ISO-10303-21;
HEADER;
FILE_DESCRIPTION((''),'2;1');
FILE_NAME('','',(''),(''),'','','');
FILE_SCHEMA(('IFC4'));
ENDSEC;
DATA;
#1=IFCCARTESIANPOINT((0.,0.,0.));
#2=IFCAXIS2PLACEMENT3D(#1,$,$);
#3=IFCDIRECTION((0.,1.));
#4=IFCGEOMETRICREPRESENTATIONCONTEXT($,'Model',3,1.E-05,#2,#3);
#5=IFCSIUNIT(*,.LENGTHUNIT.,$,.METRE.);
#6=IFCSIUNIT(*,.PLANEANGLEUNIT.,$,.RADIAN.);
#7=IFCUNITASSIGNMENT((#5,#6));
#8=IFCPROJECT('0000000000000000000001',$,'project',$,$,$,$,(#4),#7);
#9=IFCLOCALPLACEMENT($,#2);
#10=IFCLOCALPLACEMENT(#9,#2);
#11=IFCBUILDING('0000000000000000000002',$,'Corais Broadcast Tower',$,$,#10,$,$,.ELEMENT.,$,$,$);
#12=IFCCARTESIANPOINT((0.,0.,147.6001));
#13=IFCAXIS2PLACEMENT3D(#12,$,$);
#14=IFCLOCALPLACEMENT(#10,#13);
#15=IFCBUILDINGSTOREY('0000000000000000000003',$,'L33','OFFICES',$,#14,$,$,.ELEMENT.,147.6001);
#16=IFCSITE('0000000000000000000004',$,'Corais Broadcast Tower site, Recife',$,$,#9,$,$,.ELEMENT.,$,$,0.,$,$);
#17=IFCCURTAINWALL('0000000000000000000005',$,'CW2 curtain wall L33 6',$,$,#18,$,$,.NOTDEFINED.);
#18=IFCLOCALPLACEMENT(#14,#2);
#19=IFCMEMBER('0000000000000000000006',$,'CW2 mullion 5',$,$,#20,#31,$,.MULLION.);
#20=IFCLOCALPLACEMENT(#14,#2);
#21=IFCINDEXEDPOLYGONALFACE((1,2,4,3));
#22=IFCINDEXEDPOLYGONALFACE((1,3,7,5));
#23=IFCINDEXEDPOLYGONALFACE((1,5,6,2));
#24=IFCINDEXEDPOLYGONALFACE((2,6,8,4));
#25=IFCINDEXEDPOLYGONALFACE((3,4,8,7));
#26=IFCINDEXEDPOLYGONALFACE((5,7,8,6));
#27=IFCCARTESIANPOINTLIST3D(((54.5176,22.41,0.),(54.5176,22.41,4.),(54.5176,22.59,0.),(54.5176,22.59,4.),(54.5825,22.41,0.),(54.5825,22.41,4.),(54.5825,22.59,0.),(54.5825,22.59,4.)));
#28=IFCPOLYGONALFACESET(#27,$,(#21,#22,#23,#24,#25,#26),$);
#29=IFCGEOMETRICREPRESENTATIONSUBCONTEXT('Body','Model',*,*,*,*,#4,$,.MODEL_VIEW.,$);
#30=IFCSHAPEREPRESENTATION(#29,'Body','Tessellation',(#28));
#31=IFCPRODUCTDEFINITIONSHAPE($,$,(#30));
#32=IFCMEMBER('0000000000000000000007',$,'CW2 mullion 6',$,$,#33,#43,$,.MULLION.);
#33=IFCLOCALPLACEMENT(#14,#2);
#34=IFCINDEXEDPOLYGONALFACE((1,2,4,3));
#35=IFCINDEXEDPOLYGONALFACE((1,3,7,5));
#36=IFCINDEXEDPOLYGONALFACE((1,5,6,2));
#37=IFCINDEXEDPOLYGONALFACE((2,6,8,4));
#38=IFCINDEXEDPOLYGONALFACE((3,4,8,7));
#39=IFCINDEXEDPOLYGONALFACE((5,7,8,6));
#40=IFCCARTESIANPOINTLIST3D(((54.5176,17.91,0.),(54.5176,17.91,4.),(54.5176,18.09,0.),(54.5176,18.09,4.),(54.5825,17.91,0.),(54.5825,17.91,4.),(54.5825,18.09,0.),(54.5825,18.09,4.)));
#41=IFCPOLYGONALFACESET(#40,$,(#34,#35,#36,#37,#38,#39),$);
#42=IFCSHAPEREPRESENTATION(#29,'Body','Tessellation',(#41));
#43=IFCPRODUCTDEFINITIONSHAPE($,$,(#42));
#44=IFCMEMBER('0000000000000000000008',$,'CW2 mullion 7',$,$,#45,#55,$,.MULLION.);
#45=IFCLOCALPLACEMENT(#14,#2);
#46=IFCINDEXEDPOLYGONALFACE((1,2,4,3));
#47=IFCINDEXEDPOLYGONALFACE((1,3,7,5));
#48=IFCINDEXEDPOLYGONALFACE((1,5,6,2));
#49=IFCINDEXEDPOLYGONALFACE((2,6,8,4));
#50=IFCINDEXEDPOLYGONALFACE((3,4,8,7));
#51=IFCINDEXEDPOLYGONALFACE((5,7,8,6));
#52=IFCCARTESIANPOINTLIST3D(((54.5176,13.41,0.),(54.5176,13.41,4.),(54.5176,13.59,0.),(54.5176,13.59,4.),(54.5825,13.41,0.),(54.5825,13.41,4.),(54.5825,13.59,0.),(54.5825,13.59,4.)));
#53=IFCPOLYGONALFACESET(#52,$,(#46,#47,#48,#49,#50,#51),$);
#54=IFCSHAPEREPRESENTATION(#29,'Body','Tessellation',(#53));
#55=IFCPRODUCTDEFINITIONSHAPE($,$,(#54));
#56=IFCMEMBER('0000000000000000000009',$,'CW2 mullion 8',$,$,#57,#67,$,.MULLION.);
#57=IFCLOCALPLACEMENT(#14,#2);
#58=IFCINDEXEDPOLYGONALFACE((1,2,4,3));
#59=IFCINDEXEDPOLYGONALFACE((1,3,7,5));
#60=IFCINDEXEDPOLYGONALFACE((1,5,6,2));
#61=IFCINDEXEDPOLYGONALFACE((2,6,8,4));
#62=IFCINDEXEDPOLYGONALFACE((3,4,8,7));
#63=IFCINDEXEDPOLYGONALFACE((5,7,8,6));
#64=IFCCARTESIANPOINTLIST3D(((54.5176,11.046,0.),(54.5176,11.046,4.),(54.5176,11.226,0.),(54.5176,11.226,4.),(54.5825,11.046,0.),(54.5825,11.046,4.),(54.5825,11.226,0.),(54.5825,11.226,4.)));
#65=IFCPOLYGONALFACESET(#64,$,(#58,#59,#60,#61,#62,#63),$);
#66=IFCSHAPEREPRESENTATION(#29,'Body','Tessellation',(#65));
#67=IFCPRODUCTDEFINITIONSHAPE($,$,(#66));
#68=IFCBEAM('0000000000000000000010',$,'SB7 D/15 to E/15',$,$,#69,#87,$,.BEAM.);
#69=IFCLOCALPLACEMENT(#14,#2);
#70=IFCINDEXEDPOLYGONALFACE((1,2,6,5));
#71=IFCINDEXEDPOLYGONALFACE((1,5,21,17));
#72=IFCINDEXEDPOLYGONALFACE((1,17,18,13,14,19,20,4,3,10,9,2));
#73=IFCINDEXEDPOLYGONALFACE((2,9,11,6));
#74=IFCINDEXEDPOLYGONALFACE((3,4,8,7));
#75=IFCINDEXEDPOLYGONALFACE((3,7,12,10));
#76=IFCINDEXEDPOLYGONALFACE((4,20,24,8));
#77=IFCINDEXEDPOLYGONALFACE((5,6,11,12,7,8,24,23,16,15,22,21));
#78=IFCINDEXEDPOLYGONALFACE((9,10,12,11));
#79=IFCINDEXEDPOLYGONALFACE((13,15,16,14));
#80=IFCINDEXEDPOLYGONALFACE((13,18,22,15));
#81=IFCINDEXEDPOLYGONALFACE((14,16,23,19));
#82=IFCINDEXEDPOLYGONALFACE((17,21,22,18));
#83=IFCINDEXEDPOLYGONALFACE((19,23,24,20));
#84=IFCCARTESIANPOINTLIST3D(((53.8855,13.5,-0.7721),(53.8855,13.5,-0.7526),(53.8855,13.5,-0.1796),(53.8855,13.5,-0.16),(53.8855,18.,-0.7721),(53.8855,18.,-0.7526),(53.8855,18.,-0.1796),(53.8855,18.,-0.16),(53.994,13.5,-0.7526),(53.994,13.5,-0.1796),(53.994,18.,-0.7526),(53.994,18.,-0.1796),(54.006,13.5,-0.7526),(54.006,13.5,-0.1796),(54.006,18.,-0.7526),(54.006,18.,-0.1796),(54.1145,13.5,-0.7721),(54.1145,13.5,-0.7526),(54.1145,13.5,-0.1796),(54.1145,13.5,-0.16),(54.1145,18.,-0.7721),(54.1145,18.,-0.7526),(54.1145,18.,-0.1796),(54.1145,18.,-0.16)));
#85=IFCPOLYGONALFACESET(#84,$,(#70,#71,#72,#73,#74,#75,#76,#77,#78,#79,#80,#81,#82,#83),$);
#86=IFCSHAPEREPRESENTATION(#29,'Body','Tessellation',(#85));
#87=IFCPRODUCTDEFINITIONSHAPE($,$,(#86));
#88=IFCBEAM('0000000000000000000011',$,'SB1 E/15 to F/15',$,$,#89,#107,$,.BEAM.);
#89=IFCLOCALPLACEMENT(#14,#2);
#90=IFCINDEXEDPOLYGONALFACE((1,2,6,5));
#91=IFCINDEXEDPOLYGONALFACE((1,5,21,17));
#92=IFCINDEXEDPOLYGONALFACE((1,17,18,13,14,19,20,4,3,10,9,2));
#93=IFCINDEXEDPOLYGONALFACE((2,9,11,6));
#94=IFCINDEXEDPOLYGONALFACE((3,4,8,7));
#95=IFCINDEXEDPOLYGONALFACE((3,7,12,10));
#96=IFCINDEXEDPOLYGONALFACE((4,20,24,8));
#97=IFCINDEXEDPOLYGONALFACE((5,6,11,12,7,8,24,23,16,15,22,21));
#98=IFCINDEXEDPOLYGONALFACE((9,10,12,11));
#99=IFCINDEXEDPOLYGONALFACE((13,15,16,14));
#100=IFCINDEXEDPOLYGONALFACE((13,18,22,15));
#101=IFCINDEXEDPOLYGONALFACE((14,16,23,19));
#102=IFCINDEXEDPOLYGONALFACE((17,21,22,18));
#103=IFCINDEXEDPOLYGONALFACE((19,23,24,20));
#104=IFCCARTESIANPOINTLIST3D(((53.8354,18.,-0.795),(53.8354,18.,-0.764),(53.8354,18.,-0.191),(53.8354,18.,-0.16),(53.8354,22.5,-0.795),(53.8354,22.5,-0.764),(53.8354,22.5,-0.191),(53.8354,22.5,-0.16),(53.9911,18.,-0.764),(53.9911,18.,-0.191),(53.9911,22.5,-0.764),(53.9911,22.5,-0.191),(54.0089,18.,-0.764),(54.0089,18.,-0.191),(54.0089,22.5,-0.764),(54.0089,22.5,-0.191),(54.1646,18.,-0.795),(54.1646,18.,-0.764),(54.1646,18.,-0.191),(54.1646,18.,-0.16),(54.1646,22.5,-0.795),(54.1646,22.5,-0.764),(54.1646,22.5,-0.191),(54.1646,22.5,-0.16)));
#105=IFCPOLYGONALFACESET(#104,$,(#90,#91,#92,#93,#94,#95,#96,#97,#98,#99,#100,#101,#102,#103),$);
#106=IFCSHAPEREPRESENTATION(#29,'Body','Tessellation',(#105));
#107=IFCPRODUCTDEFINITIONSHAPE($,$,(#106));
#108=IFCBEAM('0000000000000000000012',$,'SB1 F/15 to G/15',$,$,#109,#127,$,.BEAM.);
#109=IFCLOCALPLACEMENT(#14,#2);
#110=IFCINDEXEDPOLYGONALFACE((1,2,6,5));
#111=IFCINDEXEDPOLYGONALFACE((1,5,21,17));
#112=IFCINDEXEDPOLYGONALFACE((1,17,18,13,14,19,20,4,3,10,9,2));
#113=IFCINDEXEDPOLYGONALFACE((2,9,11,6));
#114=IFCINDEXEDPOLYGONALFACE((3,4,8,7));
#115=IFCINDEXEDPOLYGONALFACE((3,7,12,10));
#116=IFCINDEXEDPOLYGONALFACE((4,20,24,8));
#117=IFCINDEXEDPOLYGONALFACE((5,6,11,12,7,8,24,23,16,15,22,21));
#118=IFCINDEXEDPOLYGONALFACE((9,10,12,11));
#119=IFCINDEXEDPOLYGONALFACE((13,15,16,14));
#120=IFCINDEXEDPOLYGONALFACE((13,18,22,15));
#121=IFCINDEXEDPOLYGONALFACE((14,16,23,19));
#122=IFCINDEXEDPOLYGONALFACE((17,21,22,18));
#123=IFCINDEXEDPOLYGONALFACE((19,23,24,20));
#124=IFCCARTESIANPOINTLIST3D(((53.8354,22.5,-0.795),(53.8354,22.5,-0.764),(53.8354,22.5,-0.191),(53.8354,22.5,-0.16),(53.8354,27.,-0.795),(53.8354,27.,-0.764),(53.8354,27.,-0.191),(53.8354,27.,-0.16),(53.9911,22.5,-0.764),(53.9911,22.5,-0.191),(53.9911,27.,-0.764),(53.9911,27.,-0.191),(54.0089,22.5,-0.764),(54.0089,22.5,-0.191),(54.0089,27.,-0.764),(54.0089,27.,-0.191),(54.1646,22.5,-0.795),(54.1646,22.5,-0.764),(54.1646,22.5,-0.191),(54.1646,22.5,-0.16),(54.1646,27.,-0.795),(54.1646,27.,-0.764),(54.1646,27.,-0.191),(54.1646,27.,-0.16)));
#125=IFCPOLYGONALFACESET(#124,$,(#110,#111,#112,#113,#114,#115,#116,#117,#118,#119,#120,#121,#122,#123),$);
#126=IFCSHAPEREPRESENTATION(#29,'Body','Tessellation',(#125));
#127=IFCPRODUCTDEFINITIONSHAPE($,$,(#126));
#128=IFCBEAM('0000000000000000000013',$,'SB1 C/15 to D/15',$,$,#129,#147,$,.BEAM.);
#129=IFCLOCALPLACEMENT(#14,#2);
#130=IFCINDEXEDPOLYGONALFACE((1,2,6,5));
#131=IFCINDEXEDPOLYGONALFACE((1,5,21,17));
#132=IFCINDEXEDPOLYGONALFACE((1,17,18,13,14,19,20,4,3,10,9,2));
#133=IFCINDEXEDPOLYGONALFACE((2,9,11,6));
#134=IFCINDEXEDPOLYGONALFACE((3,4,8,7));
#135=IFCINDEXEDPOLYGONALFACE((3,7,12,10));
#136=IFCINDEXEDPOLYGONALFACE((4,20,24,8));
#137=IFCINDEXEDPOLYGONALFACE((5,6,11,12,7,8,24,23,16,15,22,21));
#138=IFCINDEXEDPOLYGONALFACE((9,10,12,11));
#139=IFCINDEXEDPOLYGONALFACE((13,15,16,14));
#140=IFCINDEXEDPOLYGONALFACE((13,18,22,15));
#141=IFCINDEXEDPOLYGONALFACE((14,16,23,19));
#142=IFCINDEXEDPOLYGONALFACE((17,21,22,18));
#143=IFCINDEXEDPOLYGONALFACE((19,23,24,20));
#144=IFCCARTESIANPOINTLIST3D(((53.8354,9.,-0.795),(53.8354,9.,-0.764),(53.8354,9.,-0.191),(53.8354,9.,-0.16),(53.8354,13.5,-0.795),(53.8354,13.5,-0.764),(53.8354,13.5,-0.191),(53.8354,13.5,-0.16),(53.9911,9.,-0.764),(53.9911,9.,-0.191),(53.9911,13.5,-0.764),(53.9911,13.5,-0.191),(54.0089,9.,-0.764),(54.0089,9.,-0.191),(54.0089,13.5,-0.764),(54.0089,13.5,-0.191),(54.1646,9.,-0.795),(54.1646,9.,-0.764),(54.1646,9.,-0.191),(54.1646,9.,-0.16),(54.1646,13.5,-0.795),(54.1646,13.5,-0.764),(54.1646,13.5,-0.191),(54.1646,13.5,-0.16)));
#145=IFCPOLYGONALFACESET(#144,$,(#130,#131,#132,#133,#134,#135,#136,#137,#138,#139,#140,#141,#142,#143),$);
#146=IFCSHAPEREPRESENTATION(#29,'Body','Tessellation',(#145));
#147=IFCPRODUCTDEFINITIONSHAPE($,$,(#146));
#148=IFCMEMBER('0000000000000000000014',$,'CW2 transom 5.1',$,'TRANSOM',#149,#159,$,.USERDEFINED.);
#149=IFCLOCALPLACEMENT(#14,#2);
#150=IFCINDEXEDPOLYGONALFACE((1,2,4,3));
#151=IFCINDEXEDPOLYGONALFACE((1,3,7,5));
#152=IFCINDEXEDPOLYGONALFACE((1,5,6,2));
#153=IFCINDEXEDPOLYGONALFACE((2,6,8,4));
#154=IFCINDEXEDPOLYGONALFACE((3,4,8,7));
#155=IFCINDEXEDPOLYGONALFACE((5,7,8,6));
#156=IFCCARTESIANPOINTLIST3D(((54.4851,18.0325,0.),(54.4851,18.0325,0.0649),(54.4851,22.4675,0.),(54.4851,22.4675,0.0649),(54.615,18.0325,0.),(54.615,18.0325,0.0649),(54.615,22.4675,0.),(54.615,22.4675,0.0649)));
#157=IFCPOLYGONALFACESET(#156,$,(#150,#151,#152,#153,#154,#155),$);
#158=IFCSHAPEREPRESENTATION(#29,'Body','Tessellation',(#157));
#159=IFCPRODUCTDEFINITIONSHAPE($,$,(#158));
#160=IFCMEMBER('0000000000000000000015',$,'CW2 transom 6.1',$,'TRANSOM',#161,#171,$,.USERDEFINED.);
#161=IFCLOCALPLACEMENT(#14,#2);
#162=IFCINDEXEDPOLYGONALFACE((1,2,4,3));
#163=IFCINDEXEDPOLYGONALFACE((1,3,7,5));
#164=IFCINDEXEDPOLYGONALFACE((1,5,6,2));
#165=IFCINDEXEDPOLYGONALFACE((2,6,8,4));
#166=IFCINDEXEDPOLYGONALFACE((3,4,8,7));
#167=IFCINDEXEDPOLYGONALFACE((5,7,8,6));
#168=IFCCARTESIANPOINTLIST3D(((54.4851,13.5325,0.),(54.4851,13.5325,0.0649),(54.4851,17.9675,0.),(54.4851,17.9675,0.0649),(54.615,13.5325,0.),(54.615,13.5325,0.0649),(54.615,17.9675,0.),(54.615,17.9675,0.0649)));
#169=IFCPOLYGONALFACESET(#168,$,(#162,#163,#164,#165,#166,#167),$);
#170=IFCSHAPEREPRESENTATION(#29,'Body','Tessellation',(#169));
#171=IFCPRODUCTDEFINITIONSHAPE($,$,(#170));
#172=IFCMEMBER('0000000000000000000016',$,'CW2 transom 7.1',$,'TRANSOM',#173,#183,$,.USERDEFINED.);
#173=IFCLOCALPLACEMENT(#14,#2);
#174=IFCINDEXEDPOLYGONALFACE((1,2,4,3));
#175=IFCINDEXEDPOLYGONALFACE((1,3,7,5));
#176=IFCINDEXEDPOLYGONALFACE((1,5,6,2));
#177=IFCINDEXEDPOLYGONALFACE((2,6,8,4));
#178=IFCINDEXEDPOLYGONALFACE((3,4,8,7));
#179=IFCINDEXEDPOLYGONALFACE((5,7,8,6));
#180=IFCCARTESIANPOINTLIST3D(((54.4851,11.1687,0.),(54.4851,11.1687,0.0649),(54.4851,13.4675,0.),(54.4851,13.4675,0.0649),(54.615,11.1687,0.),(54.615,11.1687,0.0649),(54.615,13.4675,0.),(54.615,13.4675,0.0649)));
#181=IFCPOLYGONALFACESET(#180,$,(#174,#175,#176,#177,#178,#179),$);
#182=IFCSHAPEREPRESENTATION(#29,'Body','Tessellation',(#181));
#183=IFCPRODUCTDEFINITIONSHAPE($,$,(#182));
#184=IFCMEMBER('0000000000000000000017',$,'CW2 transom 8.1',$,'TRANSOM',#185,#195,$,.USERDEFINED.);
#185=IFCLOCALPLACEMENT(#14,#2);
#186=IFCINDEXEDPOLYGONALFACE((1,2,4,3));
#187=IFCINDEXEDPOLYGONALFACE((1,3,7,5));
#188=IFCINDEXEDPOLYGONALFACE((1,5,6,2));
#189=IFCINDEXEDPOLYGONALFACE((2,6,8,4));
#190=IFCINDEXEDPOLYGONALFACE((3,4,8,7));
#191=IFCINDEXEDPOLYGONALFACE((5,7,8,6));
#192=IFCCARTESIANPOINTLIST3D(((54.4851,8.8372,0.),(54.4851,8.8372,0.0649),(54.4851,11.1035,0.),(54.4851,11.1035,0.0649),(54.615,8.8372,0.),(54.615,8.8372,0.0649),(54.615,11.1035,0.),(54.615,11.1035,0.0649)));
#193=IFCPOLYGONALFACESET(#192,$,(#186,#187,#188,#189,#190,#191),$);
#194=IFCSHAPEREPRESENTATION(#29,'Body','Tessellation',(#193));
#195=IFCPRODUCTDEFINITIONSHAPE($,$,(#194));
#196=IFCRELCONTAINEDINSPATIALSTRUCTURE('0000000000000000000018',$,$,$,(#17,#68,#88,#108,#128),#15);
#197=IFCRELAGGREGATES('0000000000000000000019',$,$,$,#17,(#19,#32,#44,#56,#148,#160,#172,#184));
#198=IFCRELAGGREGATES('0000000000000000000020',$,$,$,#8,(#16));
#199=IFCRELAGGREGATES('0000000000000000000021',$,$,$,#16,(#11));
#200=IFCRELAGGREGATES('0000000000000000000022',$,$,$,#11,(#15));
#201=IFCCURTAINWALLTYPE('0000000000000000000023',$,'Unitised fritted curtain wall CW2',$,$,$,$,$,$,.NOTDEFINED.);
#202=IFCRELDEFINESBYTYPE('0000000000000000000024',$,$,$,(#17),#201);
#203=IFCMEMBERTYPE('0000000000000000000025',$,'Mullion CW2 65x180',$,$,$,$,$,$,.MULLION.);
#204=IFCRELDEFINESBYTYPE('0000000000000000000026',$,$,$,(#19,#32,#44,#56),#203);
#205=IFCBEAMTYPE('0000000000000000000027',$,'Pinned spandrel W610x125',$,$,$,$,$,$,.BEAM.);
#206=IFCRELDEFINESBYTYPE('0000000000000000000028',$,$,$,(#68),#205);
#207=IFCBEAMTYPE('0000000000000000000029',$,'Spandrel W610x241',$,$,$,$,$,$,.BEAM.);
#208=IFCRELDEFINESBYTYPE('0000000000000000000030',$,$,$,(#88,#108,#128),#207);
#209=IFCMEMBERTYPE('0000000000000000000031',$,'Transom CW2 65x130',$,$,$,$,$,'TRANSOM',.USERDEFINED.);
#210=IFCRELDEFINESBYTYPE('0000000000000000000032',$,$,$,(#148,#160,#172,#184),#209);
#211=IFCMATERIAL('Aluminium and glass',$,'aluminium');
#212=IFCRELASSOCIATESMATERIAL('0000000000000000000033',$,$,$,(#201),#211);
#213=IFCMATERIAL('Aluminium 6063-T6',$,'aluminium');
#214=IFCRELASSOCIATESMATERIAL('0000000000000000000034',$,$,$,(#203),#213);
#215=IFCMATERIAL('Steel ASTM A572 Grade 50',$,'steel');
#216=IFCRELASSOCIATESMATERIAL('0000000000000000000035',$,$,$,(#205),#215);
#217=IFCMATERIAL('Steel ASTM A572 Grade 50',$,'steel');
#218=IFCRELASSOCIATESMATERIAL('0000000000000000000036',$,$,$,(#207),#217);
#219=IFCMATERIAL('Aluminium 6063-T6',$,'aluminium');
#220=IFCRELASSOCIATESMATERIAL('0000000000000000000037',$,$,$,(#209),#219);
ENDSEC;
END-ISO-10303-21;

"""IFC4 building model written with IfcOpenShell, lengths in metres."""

from ifc_helpers import new_model, si_unit, direction, frame, origin, origin_2d, place, context, subcontext, project, spatial, rectangle, i_section, extrude, material, material_profile, profile_set, type_object, element, aggregate, save


model = new_model("IFC4")

# Units and contexts
model_context = context("Model", 3, precision=1e-05, world=origin(), true_north=direction((0.0, 1.0)))
body_context = subcontext(model_context, "Body", "Model", "MODEL_VIEW")
ifc_project = project(units=[si_unit("LENGTHUNIT", "METRE"), si_unit("PLANEANGLEUNIT", "RADIAN")], contexts=[model_context])

# Site, building, storey
site_placement = place(None, origin())
site = spatial("IfcSite", under=ifc_project, at=site_placement, Name="Corais Broadcast Tower site, Recife", CompositionType="ELEMENT", RefElevation=0.0)
building_placement = place(site_placement, origin())
building = spatial("IfcBuilding", under=site, at=building_placement, Name="Corais Broadcast Tower", CompositionType="ELEMENT")
storey_placement = place(building_placement, frame((0.0, 0.0, 147.6001)))
storey = spatial("IfcBuildingStorey", under=building, at=storey_placement, Name="L33", Description="OFFICES", CompositionType="ELEMENT", Elevation=147.6001)

# Curtain wall, members
ifc_material_1 = material(Name="Aluminium and glass", Category="aluminium")
curtain_wall_type = type_object("IfcCurtainWallType", Name="Unitised fritted curtain wall CW2", PredefinedType="NOTDEFINED", material=ifc_material_1)
curtain_wall_placement = place(storey_placement, origin())
curtain_wall = element("IfcCurtainWall", 1, at=curtain_wall_placement, inside=storey, type_object=curtain_wall_type, Name="CW2 curtain wall L33 6", PredefinedType="NOTDEFINED")
ifc_material_2 = material(Name="Aluminium 6063-T6", Category="aluminium")
ifc_material_profile_1 = material_profile(ifc_material_2, rectangle(XDim=0.0649, YDim=0.1799, at=origin_2d()), Name="Mullion CW2 65x180")
ifc_profile_set_1 = profile_set([ifc_material_profile_1], Name="Aluminium 6063-T6")
member_type_1 = type_object("IfcMemberType", Name="Mullion CW2 65x180", PredefinedType="MULLION", material=ifc_profile_set_1)
member_1_placement = place(storey_placement, frame((54.55, 22.5, 0.0), z_axis=(0.0, 0.0, 1.0), x_axis=(1.0, 0.0, 0.0)))
member_1 = element("IfcMember", 2, at=member_1_placement, type_object=member_type_1, Name="CW2 mullion 5", PredefinedType="MULLION", context=body_context, shape_type="SweptSolid", body=[
    extrude(rectangle(XDim=0.0649, YDim=0.1799, at=origin_2d()), origin(), (0.0, 0.0, 1.0), 4.0),
])
member_2_placement = place(storey_placement, frame((54.55, 18.0, 0.0), z_axis=(0.0, 0.0, 1.0), x_axis=(1.0, 0.0, 0.0)))
member_2 = element("IfcMember", 3, at=member_2_placement, type_object=member_type_1, Name="CW2 mullion 6", PredefinedType="MULLION", context=body_context, shape_type="SweptSolid", body=[
    extrude(rectangle(XDim=0.0649, YDim=0.1799, at=origin_2d()), origin(), (0.0, 0.0, 1.0), 4.0),
])
member_3_placement = place(storey_placement, frame((54.55, 13.5, 0.0), z_axis=(0.0, 0.0, 1.0), x_axis=(1.0, 0.0, 0.0)))
member_3 = element("IfcMember", 4, at=member_3_placement, type_object=member_type_1, Name="CW2 mullion 7", PredefinedType="MULLION", context=body_context, shape_type="SweptSolid", body=[
    extrude(rectangle(XDim=0.0649, YDim=0.1799, at=origin_2d()), origin(), (0.0, 0.0, 1.0), 4.0),
])
member_4_placement = place(storey_placement, frame((54.55, 11.136, 0.0), z_axis=(0.0, 0.0, 1.0), x_axis=(1.0, 0.0, 0.0)))
member_4 = element("IfcMember", 5, at=member_4_placement, type_object=member_type_1, Name="CW2 mullion 8", PredefinedType="MULLION", context=body_context, shape_type="SweptSolid", body=[
    extrude(rectangle(XDim=0.0649, YDim=0.1799, at=origin_2d()), origin(), (0.0, 0.0, 1.0), 4.0),
])

# Beams
ifc_material_3 = material(Name="Steel ASTM A572 Grade 50", Category="steel")
ifc_material_profile_2 = material_profile(ifc_material_3, i_section(OverallWidth=0.229, OverallDepth=0.6121, WebThickness=0.012, FlangeThickness=0.0195, at=origin_2d()), Name="W610x125")
ifc_profile_set_2 = profile_set([ifc_material_profile_2], Name="Steel ASTM A572 Grade 50")
beam_type_1 = type_object("IfcBeamType", Name="Pinned spandrel W610x125", PredefinedType="BEAM", material=ifc_profile_set_2)
beam_1_placement = place(storey_placement, frame((54.0, 13.5, -0.4661), z_axis=(0.0, 1.0, 0.0), x_axis=(-1.0, 0.0, 0.0)))
element("IfcBeam", 6, at=beam_1_placement, inside=storey, type_object=beam_type_1, Name="SB7 D/15 to E/15", PredefinedType="BEAM", context=body_context, shape_type="SweptSolid", body=[
    extrude(i_section(OverallWidth=0.229, OverallDepth=0.6121, WebThickness=0.012, FlangeThickness=0.0195, at=origin_2d()), origin(), (0.0, 0.0, 1.0), 4.5),
])
ifc_material_4 = material(Name="Steel ASTM A572 Grade 50", Category="steel")
ifc_material_profile_3 = material_profile(ifc_material_4, i_section(OverallWidth=0.3291, OverallDepth=0.635, WebThickness=0.0178, FlangeThickness=0.031, at=origin_2d()), Name="W610x241")
ifc_profile_set_3 = profile_set([ifc_material_profile_3], Name="Steel ASTM A572 Grade 50")
beam_type_2 = type_object("IfcBeamType", Name="Spandrel W610x241", PredefinedType="BEAM", material=ifc_profile_set_3)
for number, where, z_axis, x_axis, name in (
    (7, (54.0, 18.0, -0.4775), (0.0, 1.0, 0.0), (-1.0, 0.0, 0.0), "SB1 E/15 to F/15"),
    (8, (54.0, 22.5, -0.4775), (0.0, 1.0, 0.0), (-1.0, 0.0, 0.0), "SB1 F/15 to G/15"),
    (9, (54.0, 9.0, -0.4775), (0.0, 1.0, 0.0), (-1.0, 0.0, 0.0), "SB1 C/15 to D/15"),
):
    element("IfcBeam", number, at=place(storey_placement, frame(where, z_axis=z_axis, x_axis=x_axis)), inside=storey, type_object=beam_type_2, Name=name, PredefinedType="BEAM", context=body_context, shape_type="SweptSolid", body=[
        extrude(i_section(OverallWidth=0.3291, OverallDepth=0.635, WebThickness=0.0178, FlangeThickness=0.031, at=origin_2d()), origin(), (0.0, 0.0, 1.0), 4.5),
    ])

# Members
ifc_material_5 = material(Name="Aluminium 6063-T6", Category="aluminium")
ifc_material_profile_4 = material_profile(ifc_material_5, rectangle(XDim=0.1299, YDim=0.0649, at=origin_2d()), Name="Transom CW2 65x130")
ifc_profile_set_4 = profile_set([ifc_material_profile_4], Name="Aluminium 6063-T6")
member_type_2 = type_object("IfcMemberType", Name="Transom CW2 65x130", ElementType="TRANSOM", PredefinedType="USERDEFINED", material=ifc_profile_set_4)
member_5_placement = place(storey_placement, frame((54.55, 22.4675, 0.0325), z_axis=(0.0, -1.0, 0.0), x_axis=(1.0, 0.0, 0.0)))
member_5 = element("IfcMember", 10, at=member_5_placement, type_object=member_type_2, Name="CW2 transom 5.1", ObjectType="TRANSOM", PredefinedType="USERDEFINED", context=body_context, shape_type="SweptSolid", body=[
    extrude(rectangle(XDim=0.1299, YDim=0.0649, at=origin_2d()), origin(), (0.0, 0.0, 1.0), 4.4351),
])
member_6_placement = place(storey_placement, frame((54.55, 17.9675, 0.0325), z_axis=(0.0, -1.0, 0.0), x_axis=(1.0, 0.0, 0.0)))
member_6 = element("IfcMember", 11, at=member_6_placement, type_object=member_type_2, Name="CW2 transom 6.1", ObjectType="TRANSOM", PredefinedType="USERDEFINED", context=body_context, shape_type="SweptSolid", body=[
    extrude(rectangle(XDim=0.1299, YDim=0.0649, at=origin_2d()), origin(), (0.0, 0.0, 1.0), 4.4351),
])
member_7_placement = place(storey_placement, frame((54.55, 13.4675, 0.0325), z_axis=(0.0, -1.0, 0.0), x_axis=(1.0, 0.0, 0.0)))
member_7 = element("IfcMember", 12, at=member_7_placement, type_object=member_type_2, Name="CW2 transom 7.1", ObjectType="TRANSOM", PredefinedType="USERDEFINED", context=body_context, shape_type="SweptSolid", body=[
    extrude(rectangle(XDim=0.1299, YDim=0.0649, at=origin_2d()), origin(), (0.0, 0.0, 1.0), 2.2988),
])
member_8_placement = place(storey_placement, frame((54.55, 11.1035, 0.0325), z_axis=(0.0, -1.0, 0.0), x_axis=(1.0, 0.0, 0.0)))
member_8 = element("IfcMember", 13, at=member_8_placement, type_object=member_type_2, Name="CW2 transom 8.1", ObjectType="TRANSOM", PredefinedType="USERDEFINED", context=body_context, shape_type="SweptSolid", body=[
    extrude(rectangle(XDim=0.1299, YDim=0.0649, at=origin_2d()), origin(), (0.0, 0.0, 1.0), 2.2664),
])

aggregate(curtain_wall, [member_1, member_2, member_3, member_4, member_5, member_6, member_7, member_8])

save(model, "model.ifc")
